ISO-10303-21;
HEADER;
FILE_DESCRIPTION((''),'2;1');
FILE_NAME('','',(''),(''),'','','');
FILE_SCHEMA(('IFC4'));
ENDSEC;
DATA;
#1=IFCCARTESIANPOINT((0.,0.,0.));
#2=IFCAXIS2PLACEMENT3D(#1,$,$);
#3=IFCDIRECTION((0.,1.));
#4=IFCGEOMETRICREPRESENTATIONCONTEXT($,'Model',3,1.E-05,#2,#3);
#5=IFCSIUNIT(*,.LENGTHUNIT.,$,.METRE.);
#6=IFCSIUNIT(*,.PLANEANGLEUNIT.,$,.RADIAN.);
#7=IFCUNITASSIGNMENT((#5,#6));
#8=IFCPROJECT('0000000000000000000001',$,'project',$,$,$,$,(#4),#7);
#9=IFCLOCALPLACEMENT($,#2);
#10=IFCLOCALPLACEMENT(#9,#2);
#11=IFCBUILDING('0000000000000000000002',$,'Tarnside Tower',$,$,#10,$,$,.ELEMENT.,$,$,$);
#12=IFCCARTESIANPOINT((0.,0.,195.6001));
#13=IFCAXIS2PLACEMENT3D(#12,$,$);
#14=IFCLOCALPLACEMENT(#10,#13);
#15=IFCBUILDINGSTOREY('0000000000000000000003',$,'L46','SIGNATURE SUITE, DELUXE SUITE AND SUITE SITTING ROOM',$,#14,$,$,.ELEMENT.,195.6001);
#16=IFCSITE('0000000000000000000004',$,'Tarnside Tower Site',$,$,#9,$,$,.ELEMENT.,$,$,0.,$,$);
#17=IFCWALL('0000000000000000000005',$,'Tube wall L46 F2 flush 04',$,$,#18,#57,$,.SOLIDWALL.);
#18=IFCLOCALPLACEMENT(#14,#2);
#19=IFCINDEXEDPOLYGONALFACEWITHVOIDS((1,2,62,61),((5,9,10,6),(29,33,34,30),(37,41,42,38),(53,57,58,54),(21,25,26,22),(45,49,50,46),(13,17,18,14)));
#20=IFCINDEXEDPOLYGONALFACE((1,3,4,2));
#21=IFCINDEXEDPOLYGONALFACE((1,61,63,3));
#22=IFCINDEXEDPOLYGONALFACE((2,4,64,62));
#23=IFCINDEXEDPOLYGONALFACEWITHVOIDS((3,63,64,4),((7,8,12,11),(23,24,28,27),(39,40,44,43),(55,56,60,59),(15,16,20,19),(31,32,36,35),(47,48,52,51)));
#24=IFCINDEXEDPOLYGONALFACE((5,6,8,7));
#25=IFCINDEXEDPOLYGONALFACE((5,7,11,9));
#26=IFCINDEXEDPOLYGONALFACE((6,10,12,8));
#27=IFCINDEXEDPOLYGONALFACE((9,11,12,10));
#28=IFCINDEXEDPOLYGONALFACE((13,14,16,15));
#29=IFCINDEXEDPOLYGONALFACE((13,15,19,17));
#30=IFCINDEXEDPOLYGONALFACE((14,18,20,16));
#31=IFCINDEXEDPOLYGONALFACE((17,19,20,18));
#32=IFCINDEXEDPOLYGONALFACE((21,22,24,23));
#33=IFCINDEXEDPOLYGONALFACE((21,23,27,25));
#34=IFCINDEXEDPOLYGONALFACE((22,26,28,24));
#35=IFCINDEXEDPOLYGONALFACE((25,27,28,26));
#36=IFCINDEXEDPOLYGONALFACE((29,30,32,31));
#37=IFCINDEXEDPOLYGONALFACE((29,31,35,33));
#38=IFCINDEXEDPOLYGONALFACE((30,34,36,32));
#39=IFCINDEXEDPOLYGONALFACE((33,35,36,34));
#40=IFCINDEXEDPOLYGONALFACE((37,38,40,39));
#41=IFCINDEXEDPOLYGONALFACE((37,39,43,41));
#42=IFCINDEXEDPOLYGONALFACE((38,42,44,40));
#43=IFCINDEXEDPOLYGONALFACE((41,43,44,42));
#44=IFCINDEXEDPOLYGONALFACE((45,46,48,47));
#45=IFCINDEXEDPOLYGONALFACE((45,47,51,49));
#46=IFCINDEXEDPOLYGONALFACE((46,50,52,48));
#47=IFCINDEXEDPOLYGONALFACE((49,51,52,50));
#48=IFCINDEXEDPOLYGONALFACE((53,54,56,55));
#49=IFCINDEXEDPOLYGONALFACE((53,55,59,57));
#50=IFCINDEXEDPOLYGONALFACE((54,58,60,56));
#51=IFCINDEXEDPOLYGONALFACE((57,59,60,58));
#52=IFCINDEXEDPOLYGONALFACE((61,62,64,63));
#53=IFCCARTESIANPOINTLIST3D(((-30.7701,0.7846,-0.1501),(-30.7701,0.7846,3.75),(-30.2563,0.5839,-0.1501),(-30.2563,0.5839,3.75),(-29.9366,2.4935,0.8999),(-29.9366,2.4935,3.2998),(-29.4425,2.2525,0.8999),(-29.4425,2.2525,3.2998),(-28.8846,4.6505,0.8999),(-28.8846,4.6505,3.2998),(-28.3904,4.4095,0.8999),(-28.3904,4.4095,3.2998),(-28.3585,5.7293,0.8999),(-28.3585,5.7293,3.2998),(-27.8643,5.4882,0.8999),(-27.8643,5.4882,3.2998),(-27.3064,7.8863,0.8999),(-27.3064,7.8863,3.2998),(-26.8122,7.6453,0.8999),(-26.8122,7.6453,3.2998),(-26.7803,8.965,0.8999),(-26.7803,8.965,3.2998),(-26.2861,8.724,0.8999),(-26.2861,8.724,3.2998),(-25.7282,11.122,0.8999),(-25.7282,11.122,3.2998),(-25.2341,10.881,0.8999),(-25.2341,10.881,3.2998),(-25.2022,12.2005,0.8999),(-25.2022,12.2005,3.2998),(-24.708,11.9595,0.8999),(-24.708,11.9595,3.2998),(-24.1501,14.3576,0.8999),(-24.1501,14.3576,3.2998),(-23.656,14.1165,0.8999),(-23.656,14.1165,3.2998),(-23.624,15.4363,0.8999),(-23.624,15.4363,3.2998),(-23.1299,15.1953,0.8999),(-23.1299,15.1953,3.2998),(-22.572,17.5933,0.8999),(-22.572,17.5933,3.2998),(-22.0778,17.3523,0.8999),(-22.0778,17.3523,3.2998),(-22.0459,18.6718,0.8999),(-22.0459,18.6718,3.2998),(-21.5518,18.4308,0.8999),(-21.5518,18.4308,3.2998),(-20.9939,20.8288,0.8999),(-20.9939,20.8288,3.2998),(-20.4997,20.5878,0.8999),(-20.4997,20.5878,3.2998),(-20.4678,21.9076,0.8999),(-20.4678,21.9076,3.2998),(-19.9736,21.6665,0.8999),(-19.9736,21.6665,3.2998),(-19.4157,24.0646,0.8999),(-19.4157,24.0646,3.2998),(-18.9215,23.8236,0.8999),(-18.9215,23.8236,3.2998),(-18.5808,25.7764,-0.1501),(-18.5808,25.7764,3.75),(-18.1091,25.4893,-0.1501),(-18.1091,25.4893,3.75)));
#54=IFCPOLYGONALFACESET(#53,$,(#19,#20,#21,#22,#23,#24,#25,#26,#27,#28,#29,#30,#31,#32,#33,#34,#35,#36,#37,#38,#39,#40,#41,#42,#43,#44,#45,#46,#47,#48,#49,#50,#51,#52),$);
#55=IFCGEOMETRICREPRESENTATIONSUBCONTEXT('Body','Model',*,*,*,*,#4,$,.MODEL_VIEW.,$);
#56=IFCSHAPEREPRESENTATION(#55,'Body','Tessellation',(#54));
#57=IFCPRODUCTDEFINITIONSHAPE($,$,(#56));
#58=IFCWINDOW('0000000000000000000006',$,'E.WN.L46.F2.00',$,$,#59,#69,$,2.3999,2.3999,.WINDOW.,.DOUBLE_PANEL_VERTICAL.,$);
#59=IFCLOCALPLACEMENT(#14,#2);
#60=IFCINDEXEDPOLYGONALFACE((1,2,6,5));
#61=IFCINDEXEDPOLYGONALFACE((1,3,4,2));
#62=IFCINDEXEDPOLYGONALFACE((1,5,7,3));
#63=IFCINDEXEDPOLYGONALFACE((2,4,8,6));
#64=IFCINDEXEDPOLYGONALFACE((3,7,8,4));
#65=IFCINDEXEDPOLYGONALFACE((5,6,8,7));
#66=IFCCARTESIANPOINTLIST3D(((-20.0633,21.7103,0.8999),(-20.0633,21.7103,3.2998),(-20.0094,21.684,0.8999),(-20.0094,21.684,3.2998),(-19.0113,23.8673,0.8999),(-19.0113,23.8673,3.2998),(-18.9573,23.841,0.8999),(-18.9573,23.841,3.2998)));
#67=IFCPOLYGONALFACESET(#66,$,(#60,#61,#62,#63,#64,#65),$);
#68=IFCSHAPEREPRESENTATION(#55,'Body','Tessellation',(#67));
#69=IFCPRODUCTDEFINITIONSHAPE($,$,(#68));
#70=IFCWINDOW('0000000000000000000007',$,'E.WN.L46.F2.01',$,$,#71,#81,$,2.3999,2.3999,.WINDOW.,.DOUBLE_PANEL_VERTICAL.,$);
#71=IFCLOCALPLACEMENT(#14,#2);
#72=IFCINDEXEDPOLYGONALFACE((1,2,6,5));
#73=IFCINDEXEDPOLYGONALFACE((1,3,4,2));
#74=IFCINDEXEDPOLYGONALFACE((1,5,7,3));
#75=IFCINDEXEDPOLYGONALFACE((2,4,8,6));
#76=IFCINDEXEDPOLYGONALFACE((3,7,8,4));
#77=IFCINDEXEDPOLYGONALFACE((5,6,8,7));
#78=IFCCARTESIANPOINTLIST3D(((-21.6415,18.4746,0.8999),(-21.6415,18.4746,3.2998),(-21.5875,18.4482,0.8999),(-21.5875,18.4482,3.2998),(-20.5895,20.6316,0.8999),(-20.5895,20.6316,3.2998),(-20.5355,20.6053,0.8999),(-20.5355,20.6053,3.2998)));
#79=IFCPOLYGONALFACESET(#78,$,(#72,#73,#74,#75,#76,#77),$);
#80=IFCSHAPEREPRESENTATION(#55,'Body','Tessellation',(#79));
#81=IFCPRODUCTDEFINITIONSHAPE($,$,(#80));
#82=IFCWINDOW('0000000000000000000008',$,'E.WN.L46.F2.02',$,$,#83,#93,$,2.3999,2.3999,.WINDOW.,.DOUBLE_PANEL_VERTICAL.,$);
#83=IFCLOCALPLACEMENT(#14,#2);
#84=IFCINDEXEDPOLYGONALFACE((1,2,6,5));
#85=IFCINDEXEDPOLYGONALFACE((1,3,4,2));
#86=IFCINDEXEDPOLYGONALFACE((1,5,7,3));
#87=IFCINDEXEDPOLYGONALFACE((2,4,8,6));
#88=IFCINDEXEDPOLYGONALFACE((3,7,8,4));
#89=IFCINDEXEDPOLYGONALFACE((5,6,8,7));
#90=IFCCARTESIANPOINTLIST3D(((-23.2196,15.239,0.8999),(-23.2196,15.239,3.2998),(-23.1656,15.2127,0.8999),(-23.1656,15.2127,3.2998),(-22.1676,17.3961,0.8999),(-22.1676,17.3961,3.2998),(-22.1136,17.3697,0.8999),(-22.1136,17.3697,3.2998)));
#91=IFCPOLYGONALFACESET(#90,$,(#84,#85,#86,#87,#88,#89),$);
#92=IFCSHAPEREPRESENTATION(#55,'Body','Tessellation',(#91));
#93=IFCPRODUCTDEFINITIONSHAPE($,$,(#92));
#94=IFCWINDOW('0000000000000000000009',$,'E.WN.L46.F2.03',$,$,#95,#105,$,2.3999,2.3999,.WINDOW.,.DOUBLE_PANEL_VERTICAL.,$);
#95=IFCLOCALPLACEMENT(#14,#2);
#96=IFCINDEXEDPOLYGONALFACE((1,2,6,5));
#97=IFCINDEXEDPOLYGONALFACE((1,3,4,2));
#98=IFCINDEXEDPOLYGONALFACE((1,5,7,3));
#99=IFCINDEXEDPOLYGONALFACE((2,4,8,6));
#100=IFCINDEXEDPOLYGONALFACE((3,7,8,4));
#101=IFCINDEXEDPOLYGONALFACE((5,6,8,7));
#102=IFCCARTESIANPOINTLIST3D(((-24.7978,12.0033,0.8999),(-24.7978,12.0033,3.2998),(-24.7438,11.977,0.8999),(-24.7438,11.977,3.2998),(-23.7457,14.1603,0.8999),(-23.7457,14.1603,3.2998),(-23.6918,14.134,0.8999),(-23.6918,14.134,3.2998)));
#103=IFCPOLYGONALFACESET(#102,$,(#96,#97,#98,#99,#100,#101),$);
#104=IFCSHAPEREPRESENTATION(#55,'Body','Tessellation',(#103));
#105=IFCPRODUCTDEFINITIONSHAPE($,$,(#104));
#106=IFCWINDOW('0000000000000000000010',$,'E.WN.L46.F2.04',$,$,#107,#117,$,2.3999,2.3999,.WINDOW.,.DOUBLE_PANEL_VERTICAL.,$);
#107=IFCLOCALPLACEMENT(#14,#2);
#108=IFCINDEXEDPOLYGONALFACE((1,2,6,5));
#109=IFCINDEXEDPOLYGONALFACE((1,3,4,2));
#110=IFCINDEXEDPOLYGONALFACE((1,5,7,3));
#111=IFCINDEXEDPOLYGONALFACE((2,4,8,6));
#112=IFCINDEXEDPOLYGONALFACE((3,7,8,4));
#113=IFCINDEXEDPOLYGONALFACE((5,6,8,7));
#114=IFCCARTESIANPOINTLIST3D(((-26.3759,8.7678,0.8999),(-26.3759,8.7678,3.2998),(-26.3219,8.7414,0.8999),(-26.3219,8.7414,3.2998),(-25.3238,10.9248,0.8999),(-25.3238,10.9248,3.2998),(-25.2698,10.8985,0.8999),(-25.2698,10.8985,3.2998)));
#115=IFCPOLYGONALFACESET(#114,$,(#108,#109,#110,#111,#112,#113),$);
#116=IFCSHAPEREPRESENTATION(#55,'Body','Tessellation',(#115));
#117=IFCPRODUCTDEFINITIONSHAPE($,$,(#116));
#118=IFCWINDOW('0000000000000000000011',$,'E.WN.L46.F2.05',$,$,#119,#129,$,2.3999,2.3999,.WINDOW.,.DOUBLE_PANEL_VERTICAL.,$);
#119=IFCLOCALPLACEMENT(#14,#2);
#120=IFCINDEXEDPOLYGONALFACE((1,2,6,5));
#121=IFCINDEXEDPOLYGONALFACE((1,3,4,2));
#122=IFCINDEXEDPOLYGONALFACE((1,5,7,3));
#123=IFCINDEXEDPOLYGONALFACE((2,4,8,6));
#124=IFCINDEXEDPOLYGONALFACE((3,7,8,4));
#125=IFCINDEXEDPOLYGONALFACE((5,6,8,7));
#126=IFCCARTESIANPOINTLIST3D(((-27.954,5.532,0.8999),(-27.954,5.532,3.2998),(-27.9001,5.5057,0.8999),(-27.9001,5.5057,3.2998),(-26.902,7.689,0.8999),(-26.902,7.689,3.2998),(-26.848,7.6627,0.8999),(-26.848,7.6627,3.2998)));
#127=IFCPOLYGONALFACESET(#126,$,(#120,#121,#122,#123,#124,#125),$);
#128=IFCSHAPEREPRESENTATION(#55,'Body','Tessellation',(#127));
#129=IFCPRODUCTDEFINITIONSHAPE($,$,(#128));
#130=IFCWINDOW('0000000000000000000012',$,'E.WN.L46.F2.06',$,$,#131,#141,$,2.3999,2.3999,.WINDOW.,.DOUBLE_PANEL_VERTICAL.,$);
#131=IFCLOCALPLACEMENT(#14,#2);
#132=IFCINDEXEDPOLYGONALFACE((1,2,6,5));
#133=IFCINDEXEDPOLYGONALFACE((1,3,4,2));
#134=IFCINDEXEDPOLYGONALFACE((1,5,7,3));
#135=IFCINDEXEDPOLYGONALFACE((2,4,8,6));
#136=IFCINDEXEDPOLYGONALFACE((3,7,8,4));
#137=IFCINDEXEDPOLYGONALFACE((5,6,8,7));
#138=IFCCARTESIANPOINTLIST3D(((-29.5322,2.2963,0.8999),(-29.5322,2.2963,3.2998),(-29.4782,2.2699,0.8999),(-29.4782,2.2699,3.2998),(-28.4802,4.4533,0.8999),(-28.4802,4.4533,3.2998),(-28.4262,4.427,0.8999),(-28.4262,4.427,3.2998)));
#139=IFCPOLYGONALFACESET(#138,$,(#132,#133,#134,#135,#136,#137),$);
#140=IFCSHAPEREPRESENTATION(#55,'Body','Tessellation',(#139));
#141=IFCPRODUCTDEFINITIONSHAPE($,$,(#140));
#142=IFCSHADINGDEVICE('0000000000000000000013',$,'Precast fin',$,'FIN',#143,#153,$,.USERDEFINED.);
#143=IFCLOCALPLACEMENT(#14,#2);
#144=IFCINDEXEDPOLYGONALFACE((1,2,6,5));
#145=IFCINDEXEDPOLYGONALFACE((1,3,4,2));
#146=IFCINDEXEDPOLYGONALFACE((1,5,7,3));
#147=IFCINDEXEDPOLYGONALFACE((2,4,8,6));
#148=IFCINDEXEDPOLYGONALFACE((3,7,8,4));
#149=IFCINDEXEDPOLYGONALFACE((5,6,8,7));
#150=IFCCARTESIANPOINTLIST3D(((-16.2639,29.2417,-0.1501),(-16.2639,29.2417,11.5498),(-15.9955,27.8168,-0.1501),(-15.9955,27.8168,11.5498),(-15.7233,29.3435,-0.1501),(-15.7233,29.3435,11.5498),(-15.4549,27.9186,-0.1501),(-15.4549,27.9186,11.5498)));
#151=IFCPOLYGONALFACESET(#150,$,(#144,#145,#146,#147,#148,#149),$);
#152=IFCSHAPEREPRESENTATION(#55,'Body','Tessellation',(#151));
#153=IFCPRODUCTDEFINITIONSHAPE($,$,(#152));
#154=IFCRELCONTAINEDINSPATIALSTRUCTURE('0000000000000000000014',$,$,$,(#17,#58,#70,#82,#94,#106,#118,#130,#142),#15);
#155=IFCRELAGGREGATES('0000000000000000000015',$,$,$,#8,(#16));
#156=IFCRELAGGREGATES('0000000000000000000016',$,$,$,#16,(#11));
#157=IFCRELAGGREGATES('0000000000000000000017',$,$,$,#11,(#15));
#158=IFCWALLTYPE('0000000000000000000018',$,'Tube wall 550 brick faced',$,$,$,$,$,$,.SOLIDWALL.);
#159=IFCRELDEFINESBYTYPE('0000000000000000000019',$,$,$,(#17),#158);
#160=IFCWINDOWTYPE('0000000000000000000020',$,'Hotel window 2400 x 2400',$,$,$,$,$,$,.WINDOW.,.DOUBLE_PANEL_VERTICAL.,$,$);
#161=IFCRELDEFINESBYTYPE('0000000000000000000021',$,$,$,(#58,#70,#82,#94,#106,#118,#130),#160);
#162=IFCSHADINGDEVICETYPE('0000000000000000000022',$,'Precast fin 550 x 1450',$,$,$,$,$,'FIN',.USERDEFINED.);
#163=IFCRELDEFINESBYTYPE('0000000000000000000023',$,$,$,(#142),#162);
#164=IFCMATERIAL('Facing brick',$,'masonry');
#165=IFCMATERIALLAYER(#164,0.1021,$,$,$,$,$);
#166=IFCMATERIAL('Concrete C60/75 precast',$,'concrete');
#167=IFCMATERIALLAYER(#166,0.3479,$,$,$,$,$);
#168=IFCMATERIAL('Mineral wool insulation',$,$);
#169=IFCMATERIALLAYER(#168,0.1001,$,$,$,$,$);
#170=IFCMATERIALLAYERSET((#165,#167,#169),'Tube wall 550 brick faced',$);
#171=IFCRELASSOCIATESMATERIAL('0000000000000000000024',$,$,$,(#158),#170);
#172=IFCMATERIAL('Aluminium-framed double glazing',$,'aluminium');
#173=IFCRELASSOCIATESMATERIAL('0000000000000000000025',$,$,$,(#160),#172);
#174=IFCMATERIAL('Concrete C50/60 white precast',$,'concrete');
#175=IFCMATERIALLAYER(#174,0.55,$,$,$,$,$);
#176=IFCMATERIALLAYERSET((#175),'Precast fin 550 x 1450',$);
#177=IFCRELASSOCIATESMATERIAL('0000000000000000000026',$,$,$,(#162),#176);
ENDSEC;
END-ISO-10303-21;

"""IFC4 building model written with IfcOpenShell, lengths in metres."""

from ifc_helpers import new_model, si_unit, direction, frame, frame_2d, origin, place, context, subcontext, project, spatial, polyline, rectangle, outline, extrude, material, layer, layer_set, type_object, element, fill, save


model = new_model("IFC4")

# Units and contexts
model_context = context("Model", 3, precision=1e-05, world=origin(), true_north=direction((0.0, 1.0)))
body_context = subcontext(model_context, "Body", "Model", "MODEL_VIEW")
ifc_project = project(units=[si_unit("LENGTHUNIT", "METRE"), si_unit("PLANEANGLEUNIT", "RADIAN")], contexts=[model_context])

# Site, building, storey
site_placement = place(None, origin())
site = spatial("IfcSite", under=ifc_project, at=site_placement, Name="Tarnside Tower Site", CompositionType="ELEMENT", RefElevation=0.0)
building_placement = place(site_placement, origin())
building = spatial("IfcBuilding", under=site, at=building_placement, Name="Tarnside Tower", CompositionType="ELEMENT")
storey_placement = place(building_placement, frame((0.0, 0.0, 195.6001)))
storey = spatial("IfcBuildingStorey", under=building, at=storey_placement, Name="L46", Description="SIGNATURE SUITE, DELUXE SUITE AND SUITE SITTING ROOM", CompositionType="ELEMENT", Elevation=195.6001)

# Shared definitions
ifc_material_1 = material(Name="Facing brick", Category="masonry")
ifc_layer_1 = layer(ifc_material_1, 0.1021)
ifc_material_2 = material(Name="Concrete C60/75 precast", Category="concrete")
ifc_layer_2 = layer(ifc_material_2, 0.3479)
ifc_material_3 = material(Name="Mineral wool insulation")
ifc_layer_3 = layer(ifc_material_3, 0.1001)
ifc_layer_set_1 = layer_set([ifc_layer_1, ifc_layer_2, ifc_layer_3], Name="Tube wall 550 brick faced")
wall_type_1 = type_object("IfcWallType", Name="Tube wall 550 brick faced", PredefinedType="SOLIDWALL", material=ifc_layer_set_1)

# Wall, openings, windows
wall_1_placement = place(storey_placement, frame((-18.345, 25.6328, -0.1501), z_axis=(0.0, 0.0, 1.0), x_axis=(-0.438372, -0.898794, 0.0)))
wall_1 = element("IfcWall", 1, at=wall_1_placement, inside=storey, type_object=wall_type_1, Name="Tube wall L46 F2 flush 04", PredefinedType="SOLIDWALL", context=body_context, shape_type="SweptSolid", body=[
    extrude(outline(polyline([(-0.0256, -0.2749), (27.7803, -0.2749), (27.7354, 0.2749), (0.0256, 0.2749), (-0.0256, -0.2749)])), origin(), (0.0, 0.0, 1.0), 3.9001),
])
opening_1_placement = place(wall_1_placement, frame((1.8789, 0.0, 1.05)))
opening_1 = element("IfcOpeningElement", 2, at=opening_1_placement, cuts=wall_1, PredefinedType="OPENING", context=body_context, shape_type="SweptSolid", body=[
    extrude(rectangle(XDim=2.3999, YDim=2.3999, at=frame_2d((1.2, 1.2))), frame((0.0, 0.2852, 0.0), z_axis=(0.0, -1.0, 0.0), x_axis=(1.0, 0.0, 0.0)), (0.0, 0.0, 1.0), 0.5701),
])
opening_2_placement = place(wall_1_placement, frame((5.479, 0.0, 1.05)))
opening_2 = element("IfcOpeningElement", 3, at=opening_2_placement, cuts=wall_1, PredefinedType="OPENING", context=body_context, shape_type="SweptSolid", body=[
    extrude(rectangle(XDim=2.3999, YDim=2.3999, at=frame_2d((1.2, 1.2))), frame((0.0, 0.2852, 0.0), z_axis=(0.0, -1.0, 0.0), x_axis=(1.0, 0.0, 0.0)), (0.0, 0.0, 1.0), 0.5701),
])
opening_3_placement = place(wall_1_placement, frame((9.0789, 0.0, 1.05)))
opening_3 = element("IfcOpeningElement", 4, at=opening_3_placement, cuts=wall_1, PredefinedType="OPENING", context=body_context, shape_type="SweptSolid", body=[
    extrude(rectangle(XDim=2.3999, YDim=2.3999, at=frame_2d((1.2, 1.2))), frame((0.0, 0.2852, 0.0), z_axis=(0.0, -1.0, 0.0), x_axis=(1.0, 0.0, 0.0)), (0.0, 0.0, 1.0), 0.5701),
])
opening_4_placement = place(wall_1_placement, frame((12.679, 0.0, 1.05)))
opening_4 = element("IfcOpeningElement", 5, at=opening_4_placement, cuts=wall_1, PredefinedType="OPENING", context=body_context, shape_type="SweptSolid", body=[
    extrude(rectangle(XDim=2.3999, YDim=2.3999, at=frame_2d((1.2, 1.2))), frame((0.0, 0.2852, 0.0), z_axis=(0.0, -1.0, 0.0), x_axis=(1.0, 0.0, 0.0)), (0.0, 0.0, 1.0), 0.5701),
])
opening_5_placement = place(wall_1_placement, frame((16.2788, 0.0, 1.05)))
opening_5 = element("IfcOpeningElement", 6, at=opening_5_placement, cuts=wall_1, PredefinedType="OPENING", context=body_context, shape_type="SweptSolid", body=[
    extrude(rectangle(XDim=2.3999, YDim=2.3999, at=frame_2d((1.2, 1.2))), frame((0.0, 0.2852, 0.0), z_axis=(0.0, -1.0, 0.0), x_axis=(1.0, 0.0, 0.0)), (0.0, 0.0, 1.0), 0.5701),
])
opening_6_placement = place(wall_1_placement, frame((19.8789, 0.0, 1.05)))
opening_6 = element("IfcOpeningElement", 7, at=opening_6_placement, cuts=wall_1, PredefinedType="OPENING", context=body_context, shape_type="SweptSolid", body=[
    extrude(rectangle(XDim=2.3999, YDim=2.3999, at=frame_2d((1.2, 1.2))), frame((0.0, 0.2852, 0.0), z_axis=(0.0, -1.0, 0.0), x_axis=(1.0, 0.0, 0.0)), (0.0, 0.0, 1.0), 0.5701),
])
opening_7_placement = place(wall_1_placement, frame((23.479, 0.0, 1.05)))
opening_7 = element("IfcOpeningElement", 8, at=opening_7_placement, cuts=wall_1, PredefinedType="OPENING", context=body_context, shape_type="SweptSolid", body=[
    extrude(rectangle(XDim=2.3999, YDim=2.3999, at=frame_2d((1.2, 1.2))), frame((0.0, 0.2852, 0.0), z_axis=(0.0, -1.0, 0.0), x_axis=(1.0, 0.0, 0.0)), (0.0, 0.0, 1.0), 0.5701),
])
ifc_material_4 = material(Name="Aluminium-framed double glazing", Category="aluminium")
window_type = type_object("IfcWindowType", Name="Hotel window 2400 x 2400", PartitioningType="DOUBLE_PANEL_VERTICAL", PredefinedType="WINDOW", material=ifc_material_4)
window_1_placement = place(opening_1_placement, frame((0.0, 0.2051, 0.0)))
window_1 = element("IfcWindow", 9, at=window_1_placement, inside=storey, type_object=window_type, Name="E.WN.L46.F2.00", OverallHeight=2.3999, OverallWidth=2.3999, PartitioningType="DOUBLE_PANEL_VERTICAL", PredefinedType="WINDOW", context=body_context, shape_type="SweptSolid", body=[
    extrude(rectangle(XDim=2.3999, YDim=2.3999, at=frame_2d((1.2, 1.2))), frame((0.0, 0.03, 0.0), z_axis=(0.0, -1.0, 0.0), x_axis=(1.0, 0.0, 0.0)), (0.0, 0.0, 1.0), 0.0601),
])
fill(opening_1, window_1)
window_2_placement = place(opening_2_placement, frame((0.0, 0.2051, 0.0)))
window_2 = element("IfcWindow", 10, at=window_2_placement, inside=storey, type_object=window_type, Name="E.WN.L46.F2.01", OverallHeight=2.3999, OverallWidth=2.3999, PartitioningType="DOUBLE_PANEL_VERTICAL", PredefinedType="WINDOW", context=body_context, shape_type="SweptSolid", body=[
    extrude(rectangle(XDim=2.3999, YDim=2.3999, at=frame_2d((1.2, 1.2))), frame((0.0, 0.03, 0.0), z_axis=(0.0, -1.0, 0.0), x_axis=(1.0, 0.0, 0.0)), (0.0, 0.0, 1.0), 0.0601),
])
fill(opening_2, window_2)
window_3_placement = place(opening_3_placement, frame((0.0, 0.2051, 0.0)))
window_3 = element("IfcWindow", 11, at=window_3_placement, inside=storey, type_object=window_type, Name="E.WN.L46.F2.02", OverallHeight=2.3999, OverallWidth=2.3999, PartitioningType="DOUBLE_PANEL_VERTICAL", PredefinedType="WINDOW", context=body_context, shape_type="SweptSolid", body=[
    extrude(rectangle(XDim=2.3999, YDim=2.3999, at=frame_2d((1.2, 1.2))), frame((0.0, 0.03, 0.0), z_axis=(0.0, -1.0, 0.0), x_axis=(1.0, 0.0, 0.0)), (0.0, 0.0, 1.0), 0.0601),
])
fill(opening_3, window_3)
window_4_placement = place(opening_4_placement, frame((0.0, 0.2051, 0.0)))
window_4 = element("IfcWindow", 12, at=window_4_placement, inside=storey, type_object=window_type, Name="E.WN.L46.F2.03", OverallHeight=2.3999, OverallWidth=2.3999, PartitioningType="DOUBLE_PANEL_VERTICAL", PredefinedType="WINDOW", context=body_context, shape_type="SweptSolid", body=[
    extrude(rectangle(XDim=2.3999, YDim=2.3999, at=frame_2d((1.2, 1.2))), frame((0.0, 0.03, 0.0), z_axis=(0.0, -1.0, 0.0), x_axis=(1.0, 0.0, 0.0)), (0.0, 0.0, 1.0), 0.0601),
])
fill(opening_4, window_4)
window_5_placement = place(opening_5_placement, frame((0.0, 0.2051, 0.0)))
window_5 = element("IfcWindow", 13, at=window_5_placement, inside=storey, type_object=window_type, Name="E.WN.L46.F2.04", OverallHeight=2.3999, OverallWidth=2.3999, PartitioningType="DOUBLE_PANEL_VERTICAL", PredefinedType="WINDOW", context=body_context, shape_type="SweptSolid", body=[
    extrude(rectangle(XDim=2.3999, YDim=2.3999, at=frame_2d((1.2, 1.2))), frame((0.0, 0.03, 0.0), z_axis=(0.0, -1.0, 0.0), x_axis=(1.0, 0.0, 0.0)), (0.0, 0.0, 1.0), 0.0601),
])
fill(opening_5, window_5)
window_6_placement = place(opening_6_placement, frame((0.0, 0.2051, 0.0)))
window_6 = element("IfcWindow", 14, at=window_6_placement, inside=storey, type_object=window_type, Name="E.WN.L46.F2.05", OverallHeight=2.3999, OverallWidth=2.3999, PartitioningType="DOUBLE_PANEL_VERTICAL", PredefinedType="WINDOW", context=body_context, shape_type="SweptSolid", body=[
    extrude(rectangle(XDim=2.3999, YDim=2.3999, at=frame_2d((1.2, 1.2))), frame((0.0, 0.03, 0.0), z_axis=(0.0, -1.0, 0.0), x_axis=(1.0, 0.0, 0.0)), (0.0, 0.0, 1.0), 0.0601),
])
fill(opening_6, window_6)
window_7_placement = place(opening_7_placement, frame((0.0, 0.2051, 0.0)))
window_7 = element("IfcWindow", 15, at=window_7_placement, inside=storey, type_object=window_type, Name="E.WN.L46.F2.06", OverallHeight=2.3999, OverallWidth=2.3999, PartitioningType="DOUBLE_PANEL_VERTICAL", PredefinedType="WINDOW", context=body_context, shape_type="SweptSolid", body=[
    extrude(rectangle(XDim=2.3999, YDim=2.3999, at=frame_2d((1.2, 1.2))), frame((0.0, 0.03, 0.0), z_axis=(0.0, -1.0, 0.0), x_axis=(1.0, 0.0, 0.0)), (0.0, 0.0, 1.0), 0.0601),
])
fill(opening_7, window_7)

# Shading device
ifc_material_5 = material(Name="Concrete C50/60 white precast", Category="concrete")
ifc_layer_4 = layer(ifc_material_5, 0.55)
ifc_layer_set_2 = layer_set([ifc_layer_4], Name="Precast fin 550 x 1450")
shading_device_type_1 = type_object("IfcShadingDeviceType", Name="Precast fin 550 x 1450", ElementType="FIN", PredefinedType="USERDEFINED", material=ifc_layer_set_2)
for number, where, z_axis, x_axis, name in (
    (16, (-15.7253, 27.8677, -0.1501), (0.982721, 0.185095, 0.0), (-0.185095, 0.982721, 0.0), "Precast fin"),
):
    element("IfcShadingDevice", number, at=place(storey_placement, frame(where, z_axis=z_axis, x_axis=x_axis)), inside=storey, type_object=shading_device_type_1, Name=name, ObjectType="FIN", PredefinedType="USERDEFINED", context=body_context, shape_type="SweptSolid", body=[
        extrude(outline(polyline([(0.0, 0.0), (1.45, 0.0), (1.45, 11.7), (0.0, 11.7), (0.0, 0.0)])), frame((0.0, 0.0, -0.2749)), (0.0, 0.0, 1.0), 0.55),
    ])

save(model, "model.ifc")
